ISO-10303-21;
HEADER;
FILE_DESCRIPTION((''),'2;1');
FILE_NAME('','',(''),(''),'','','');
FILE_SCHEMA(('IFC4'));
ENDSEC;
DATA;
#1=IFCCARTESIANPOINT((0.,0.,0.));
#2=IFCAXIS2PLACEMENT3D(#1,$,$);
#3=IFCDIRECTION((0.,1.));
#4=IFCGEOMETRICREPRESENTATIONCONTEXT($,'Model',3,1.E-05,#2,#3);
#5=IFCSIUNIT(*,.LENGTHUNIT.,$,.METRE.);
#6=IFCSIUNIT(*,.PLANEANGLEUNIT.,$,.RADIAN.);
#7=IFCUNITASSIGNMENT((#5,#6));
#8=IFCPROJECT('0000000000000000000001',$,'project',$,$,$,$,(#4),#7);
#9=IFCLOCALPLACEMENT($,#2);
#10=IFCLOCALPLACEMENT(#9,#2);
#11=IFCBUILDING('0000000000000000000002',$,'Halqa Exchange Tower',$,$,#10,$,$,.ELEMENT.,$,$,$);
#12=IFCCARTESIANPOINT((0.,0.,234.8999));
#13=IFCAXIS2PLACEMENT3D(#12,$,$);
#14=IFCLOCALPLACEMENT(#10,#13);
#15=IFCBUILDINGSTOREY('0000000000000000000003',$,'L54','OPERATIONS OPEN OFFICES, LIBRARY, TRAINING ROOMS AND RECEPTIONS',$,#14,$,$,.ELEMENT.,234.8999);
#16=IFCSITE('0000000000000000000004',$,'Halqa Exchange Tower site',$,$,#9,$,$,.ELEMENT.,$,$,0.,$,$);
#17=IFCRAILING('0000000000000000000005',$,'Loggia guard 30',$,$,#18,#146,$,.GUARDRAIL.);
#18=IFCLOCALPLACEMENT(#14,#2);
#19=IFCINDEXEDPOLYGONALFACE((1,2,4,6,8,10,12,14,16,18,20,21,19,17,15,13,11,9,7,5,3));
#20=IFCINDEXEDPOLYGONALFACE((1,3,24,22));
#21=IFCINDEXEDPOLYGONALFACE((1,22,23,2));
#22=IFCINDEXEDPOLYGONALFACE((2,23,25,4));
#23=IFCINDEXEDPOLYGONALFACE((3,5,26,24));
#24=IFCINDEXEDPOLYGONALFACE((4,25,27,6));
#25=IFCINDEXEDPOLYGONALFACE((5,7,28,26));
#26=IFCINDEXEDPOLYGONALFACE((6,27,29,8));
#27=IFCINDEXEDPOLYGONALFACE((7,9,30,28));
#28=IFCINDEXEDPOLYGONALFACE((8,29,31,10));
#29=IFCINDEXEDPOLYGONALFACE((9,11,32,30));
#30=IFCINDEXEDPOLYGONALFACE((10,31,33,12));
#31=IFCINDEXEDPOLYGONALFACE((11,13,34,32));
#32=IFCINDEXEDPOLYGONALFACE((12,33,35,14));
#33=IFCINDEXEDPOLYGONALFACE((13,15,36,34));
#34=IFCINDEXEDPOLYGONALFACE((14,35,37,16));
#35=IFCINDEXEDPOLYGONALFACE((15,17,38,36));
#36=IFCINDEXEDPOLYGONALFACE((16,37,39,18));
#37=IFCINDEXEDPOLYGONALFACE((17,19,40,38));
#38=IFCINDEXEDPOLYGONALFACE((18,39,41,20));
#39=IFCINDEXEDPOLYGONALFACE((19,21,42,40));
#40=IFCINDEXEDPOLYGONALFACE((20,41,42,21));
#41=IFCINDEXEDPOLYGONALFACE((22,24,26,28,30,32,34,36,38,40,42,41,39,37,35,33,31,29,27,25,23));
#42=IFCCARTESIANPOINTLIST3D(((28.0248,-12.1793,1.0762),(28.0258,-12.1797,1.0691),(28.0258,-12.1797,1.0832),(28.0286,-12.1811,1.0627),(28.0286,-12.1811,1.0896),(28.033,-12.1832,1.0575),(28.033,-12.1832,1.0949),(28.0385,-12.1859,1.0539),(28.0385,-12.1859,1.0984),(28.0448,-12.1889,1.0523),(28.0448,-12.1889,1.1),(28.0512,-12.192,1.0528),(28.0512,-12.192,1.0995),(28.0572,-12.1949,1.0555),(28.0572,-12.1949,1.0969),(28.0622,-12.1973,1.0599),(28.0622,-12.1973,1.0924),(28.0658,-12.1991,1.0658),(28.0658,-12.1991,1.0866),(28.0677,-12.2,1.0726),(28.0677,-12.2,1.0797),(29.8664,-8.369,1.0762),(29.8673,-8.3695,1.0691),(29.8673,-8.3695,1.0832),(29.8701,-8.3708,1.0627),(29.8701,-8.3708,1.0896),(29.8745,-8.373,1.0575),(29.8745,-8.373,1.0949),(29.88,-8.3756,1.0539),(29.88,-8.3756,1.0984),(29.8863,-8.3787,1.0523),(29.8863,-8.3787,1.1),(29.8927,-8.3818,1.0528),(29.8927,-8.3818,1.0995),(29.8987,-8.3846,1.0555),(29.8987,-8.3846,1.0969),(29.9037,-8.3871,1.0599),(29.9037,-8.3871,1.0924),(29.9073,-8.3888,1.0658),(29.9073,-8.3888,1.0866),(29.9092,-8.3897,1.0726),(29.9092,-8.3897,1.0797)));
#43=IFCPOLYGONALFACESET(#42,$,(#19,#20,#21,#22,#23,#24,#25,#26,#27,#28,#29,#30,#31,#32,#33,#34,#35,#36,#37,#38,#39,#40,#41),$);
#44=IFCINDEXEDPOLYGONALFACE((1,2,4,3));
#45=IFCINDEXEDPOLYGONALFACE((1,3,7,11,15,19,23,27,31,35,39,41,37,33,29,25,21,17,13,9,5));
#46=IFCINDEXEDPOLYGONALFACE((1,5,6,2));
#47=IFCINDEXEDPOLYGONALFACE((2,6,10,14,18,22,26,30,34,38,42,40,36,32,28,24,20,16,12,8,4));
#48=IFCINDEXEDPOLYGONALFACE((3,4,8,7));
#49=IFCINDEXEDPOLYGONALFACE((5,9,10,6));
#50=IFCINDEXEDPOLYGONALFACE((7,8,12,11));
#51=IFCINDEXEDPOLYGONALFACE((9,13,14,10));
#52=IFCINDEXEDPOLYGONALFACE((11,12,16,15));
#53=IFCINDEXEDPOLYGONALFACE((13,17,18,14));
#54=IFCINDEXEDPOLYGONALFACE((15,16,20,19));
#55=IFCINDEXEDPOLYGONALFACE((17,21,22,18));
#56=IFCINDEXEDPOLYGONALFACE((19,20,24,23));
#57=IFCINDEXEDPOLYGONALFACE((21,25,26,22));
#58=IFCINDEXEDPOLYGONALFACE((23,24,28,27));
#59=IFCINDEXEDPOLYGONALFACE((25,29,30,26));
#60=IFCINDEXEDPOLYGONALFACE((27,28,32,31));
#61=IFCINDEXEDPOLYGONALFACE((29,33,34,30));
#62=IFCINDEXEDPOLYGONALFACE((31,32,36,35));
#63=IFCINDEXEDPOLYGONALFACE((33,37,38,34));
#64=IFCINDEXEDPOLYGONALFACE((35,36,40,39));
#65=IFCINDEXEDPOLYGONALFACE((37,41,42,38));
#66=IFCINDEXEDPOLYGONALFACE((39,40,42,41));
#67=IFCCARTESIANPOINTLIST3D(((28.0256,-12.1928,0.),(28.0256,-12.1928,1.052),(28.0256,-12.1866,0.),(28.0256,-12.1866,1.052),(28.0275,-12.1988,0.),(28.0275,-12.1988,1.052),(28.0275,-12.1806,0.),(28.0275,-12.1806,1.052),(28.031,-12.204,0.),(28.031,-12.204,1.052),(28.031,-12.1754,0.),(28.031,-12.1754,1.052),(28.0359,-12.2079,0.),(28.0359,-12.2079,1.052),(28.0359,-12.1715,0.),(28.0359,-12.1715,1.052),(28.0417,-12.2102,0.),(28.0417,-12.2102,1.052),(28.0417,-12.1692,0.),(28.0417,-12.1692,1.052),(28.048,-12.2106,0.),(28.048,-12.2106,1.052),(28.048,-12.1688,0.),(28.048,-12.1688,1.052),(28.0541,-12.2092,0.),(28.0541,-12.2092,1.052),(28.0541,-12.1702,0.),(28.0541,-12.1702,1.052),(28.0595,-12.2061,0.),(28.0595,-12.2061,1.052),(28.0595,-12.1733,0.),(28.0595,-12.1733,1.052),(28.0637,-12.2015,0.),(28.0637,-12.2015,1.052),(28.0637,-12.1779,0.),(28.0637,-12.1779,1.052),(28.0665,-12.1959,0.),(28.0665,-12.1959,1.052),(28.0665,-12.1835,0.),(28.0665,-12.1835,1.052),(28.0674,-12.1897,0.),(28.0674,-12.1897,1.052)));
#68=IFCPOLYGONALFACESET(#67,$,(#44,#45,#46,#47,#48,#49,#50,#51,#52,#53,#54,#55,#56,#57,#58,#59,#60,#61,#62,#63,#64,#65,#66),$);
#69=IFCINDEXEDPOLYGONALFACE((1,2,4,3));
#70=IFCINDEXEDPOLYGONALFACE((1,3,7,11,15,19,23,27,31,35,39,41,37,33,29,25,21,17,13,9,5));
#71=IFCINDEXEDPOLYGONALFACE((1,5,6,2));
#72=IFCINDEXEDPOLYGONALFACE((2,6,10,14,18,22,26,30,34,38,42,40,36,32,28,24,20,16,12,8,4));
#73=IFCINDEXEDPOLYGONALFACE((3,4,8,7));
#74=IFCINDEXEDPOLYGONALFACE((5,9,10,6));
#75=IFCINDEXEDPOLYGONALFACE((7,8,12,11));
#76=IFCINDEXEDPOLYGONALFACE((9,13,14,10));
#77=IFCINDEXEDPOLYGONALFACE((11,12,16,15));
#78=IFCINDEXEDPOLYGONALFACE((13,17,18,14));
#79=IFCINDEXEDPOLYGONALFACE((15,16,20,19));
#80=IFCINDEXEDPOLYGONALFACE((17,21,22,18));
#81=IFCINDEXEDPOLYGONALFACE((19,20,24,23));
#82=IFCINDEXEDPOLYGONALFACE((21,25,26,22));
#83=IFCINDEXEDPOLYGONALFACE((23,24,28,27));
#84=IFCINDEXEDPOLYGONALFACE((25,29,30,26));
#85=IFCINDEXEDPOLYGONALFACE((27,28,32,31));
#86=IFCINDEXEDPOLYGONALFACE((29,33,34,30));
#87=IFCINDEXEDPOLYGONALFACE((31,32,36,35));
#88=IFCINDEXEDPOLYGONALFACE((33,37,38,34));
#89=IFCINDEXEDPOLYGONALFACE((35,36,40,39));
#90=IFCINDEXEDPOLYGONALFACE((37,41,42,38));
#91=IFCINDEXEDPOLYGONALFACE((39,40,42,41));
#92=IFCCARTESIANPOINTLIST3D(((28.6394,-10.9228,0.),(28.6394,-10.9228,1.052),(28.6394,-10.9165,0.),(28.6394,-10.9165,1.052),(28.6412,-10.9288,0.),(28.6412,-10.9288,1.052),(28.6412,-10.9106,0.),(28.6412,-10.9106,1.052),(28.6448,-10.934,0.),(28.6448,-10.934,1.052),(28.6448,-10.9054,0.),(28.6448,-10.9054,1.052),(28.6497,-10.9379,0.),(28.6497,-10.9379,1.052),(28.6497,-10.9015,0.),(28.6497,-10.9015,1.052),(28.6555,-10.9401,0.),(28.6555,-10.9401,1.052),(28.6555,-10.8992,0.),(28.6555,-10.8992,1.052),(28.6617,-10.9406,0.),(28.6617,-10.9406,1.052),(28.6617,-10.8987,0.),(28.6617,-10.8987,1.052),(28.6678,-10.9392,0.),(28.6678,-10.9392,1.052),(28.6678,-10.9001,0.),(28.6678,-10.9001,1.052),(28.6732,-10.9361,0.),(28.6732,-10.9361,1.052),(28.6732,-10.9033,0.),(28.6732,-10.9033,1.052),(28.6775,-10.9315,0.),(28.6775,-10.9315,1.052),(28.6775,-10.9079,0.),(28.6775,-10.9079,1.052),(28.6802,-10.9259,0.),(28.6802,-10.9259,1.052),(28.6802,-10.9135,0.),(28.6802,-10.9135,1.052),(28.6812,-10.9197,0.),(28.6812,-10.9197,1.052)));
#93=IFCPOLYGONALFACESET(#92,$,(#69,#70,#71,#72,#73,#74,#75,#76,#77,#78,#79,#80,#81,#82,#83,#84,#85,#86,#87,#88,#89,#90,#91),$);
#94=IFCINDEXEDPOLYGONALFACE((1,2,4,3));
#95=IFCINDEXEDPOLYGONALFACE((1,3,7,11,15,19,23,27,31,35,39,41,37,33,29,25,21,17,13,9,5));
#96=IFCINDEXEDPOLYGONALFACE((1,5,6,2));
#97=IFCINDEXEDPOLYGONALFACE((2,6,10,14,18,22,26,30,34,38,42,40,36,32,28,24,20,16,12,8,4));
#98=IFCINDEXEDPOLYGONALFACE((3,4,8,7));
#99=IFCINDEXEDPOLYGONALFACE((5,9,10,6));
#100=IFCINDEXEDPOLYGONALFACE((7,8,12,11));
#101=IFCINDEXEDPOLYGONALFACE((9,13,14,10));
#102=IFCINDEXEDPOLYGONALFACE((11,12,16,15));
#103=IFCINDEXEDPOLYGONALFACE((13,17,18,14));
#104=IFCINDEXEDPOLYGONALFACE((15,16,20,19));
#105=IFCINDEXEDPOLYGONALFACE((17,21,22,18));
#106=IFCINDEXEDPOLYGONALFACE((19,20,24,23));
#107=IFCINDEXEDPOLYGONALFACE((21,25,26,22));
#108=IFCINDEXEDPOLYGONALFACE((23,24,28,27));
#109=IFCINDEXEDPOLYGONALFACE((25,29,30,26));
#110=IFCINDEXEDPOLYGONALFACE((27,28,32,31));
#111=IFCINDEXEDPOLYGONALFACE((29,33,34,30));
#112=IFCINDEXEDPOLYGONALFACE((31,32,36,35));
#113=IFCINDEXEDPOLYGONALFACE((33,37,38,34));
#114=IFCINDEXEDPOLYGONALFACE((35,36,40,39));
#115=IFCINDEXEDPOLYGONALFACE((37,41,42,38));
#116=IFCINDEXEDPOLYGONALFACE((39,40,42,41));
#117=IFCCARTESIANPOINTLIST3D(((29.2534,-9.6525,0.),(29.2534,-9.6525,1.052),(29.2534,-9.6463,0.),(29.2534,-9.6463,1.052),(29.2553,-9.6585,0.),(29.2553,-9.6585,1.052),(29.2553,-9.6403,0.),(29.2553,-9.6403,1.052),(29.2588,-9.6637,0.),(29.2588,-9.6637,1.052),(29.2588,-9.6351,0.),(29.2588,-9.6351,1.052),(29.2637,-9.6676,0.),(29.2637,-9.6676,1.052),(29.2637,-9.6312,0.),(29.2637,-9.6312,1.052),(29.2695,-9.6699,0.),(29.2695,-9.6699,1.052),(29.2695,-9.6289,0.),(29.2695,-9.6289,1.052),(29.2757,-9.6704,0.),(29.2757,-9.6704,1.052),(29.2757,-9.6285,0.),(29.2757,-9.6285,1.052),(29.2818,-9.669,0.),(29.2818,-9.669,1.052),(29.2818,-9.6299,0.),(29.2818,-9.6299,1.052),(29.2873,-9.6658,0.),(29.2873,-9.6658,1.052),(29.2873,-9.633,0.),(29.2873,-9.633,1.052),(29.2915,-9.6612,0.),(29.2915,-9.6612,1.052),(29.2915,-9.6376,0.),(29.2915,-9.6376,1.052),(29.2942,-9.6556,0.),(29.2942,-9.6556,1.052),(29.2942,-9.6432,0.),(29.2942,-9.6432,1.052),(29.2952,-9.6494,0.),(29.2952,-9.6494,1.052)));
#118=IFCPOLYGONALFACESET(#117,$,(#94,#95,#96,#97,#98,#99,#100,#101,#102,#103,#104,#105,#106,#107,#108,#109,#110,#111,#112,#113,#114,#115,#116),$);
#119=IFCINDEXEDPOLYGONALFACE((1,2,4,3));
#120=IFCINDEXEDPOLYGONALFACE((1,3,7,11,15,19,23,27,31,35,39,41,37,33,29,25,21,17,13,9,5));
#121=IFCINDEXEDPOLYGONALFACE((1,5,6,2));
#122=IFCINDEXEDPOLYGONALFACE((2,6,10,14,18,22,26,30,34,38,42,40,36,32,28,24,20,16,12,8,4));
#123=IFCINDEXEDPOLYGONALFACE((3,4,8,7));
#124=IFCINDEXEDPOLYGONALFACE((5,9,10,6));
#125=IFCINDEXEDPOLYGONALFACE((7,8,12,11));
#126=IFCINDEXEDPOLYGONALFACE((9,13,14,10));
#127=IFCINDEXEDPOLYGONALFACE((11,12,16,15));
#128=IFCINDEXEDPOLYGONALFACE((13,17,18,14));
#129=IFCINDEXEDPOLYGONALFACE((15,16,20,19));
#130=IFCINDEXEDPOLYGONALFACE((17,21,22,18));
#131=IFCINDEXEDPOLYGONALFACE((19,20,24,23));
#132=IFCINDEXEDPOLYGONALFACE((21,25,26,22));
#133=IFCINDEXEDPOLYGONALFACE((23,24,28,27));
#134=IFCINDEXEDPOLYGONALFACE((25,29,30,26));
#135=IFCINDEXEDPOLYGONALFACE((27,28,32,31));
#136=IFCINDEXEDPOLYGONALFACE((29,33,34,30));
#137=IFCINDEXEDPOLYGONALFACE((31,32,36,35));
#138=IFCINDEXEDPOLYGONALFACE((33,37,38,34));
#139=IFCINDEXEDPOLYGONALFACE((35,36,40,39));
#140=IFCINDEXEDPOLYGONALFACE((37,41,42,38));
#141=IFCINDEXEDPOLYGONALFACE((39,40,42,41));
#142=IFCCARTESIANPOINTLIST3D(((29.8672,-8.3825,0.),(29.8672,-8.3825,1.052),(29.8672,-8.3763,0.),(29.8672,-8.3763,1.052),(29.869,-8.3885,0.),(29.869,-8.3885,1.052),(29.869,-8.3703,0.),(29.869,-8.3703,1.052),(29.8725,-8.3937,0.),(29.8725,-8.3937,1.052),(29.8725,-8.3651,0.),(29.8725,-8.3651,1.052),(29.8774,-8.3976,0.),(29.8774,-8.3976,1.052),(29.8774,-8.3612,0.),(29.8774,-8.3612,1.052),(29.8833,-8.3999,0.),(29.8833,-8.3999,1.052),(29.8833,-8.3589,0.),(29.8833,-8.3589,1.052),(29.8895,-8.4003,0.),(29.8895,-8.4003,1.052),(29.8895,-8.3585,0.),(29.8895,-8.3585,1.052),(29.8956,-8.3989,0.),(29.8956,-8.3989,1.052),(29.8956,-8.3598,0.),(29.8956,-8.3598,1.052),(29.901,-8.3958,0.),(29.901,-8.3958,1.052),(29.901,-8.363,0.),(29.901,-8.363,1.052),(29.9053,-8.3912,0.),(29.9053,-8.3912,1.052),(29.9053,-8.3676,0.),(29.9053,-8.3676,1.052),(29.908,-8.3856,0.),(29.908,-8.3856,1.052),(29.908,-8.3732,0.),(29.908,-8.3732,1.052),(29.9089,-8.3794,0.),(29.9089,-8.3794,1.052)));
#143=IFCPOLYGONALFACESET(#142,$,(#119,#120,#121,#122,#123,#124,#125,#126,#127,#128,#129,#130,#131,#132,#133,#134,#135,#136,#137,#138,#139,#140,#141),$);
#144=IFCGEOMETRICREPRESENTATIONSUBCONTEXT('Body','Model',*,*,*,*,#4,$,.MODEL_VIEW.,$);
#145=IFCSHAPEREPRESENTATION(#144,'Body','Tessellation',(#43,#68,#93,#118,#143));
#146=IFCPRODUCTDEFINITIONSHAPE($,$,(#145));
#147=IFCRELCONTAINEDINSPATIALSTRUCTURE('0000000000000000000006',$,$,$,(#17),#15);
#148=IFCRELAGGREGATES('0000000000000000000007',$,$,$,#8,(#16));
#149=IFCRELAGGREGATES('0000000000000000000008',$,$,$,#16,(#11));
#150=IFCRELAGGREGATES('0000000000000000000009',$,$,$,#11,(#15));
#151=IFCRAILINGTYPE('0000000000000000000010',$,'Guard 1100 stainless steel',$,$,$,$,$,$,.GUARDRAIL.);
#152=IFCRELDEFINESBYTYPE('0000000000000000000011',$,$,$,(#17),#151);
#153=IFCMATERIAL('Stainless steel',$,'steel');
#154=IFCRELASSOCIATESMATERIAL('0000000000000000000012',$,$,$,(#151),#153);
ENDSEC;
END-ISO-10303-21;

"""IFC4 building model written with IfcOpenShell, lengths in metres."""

from ifc_helpers import new_model, si_unit, direction, frame, origin, origin_2d, place, context, subcontext, project, spatial, circle, extrude, material, type_object, element, save


model = new_model("IFC4")

# Units and contexts
model_context = context("Model", 3, precision=1e-05, world=origin(), true_north=direction((0.0, 1.0)))
body_context = subcontext(model_context, "Body", "Model", "MODEL_VIEW")
ifc_project = project(units=[si_unit("LENGTHUNIT", "METRE"), si_unit("PLANEANGLEUNIT", "RADIAN")], contexts=[model_context])

# Site, building, storey
site_placement = place(None, origin())
site = spatial("IfcSite", under=ifc_project, at=site_placement, Name="Halqa Exchange Tower site", CompositionType="ELEMENT", RefElevation=0.0)
building_placement = place(site_placement, origin())
building = spatial("IfcBuilding", under=site, at=building_placement, Name="Halqa Exchange Tower", CompositionType="ELEMENT")
storey_placement = place(building_placement, frame((0.0, 0.0, 234.8999)))
storey = spatial("IfcBuildingStorey", under=building, at=storey_placement, Name="L54", Description="OPERATIONS OPEN OFFICES, LIBRARY, TRAINING ROOMS AND RECEPTIONS", CompositionType="ELEMENT", Elevation=234.8999)

# Railing
ifc_material_1 = material(Name="Stainless steel", Category="steel")
railing_type = type_object("IfcRailingType", Name="Guard 1100 stainless steel", PredefinedType="GUARDRAIL", material=ifc_material_1)
railing_1_placement = place(storey_placement, frame((28.0464, -12.1897, 0.0)))
element("IfcRailing", 1, at=railing_1_placement, inside=storey, type_object=railing_type, Name="Loggia guard 30", PredefinedType="GUARDRAIL", context=body_context, shape_type="SweptSolid", body=[
    extrude(circle(Radius=0.0239, at=origin_2d()), frame((0.0, 0.0, 1.0762), z_axis=(0.435151, 0.900358, 0.0), x_axis=(-0.900358, 0.435151, 0.0)), (0.0, 0.0, 1.0), 4.2319),
    extrude(circle(Radius=0.021, at=origin_2d()), origin(), (0.0, 0.0, 1.0), 1.052),
    extrude(circle(Radius=0.021, at=origin_2d()), frame((0.6138, 1.27, 0.0)), (0.0, 0.0, 1.0), 1.052),
    extrude(circle(Radius=0.021, at=origin_2d()), frame((1.2278, 2.5403, 0.0)), (0.0, 0.0, 1.0), 1.052),
    extrude(circle(Radius=0.021, at=origin_2d()), frame((1.8416, 3.8103, 0.0)), (0.0, 0.0, 1.0), 1.052),
])

save(model, "model.ifc")
